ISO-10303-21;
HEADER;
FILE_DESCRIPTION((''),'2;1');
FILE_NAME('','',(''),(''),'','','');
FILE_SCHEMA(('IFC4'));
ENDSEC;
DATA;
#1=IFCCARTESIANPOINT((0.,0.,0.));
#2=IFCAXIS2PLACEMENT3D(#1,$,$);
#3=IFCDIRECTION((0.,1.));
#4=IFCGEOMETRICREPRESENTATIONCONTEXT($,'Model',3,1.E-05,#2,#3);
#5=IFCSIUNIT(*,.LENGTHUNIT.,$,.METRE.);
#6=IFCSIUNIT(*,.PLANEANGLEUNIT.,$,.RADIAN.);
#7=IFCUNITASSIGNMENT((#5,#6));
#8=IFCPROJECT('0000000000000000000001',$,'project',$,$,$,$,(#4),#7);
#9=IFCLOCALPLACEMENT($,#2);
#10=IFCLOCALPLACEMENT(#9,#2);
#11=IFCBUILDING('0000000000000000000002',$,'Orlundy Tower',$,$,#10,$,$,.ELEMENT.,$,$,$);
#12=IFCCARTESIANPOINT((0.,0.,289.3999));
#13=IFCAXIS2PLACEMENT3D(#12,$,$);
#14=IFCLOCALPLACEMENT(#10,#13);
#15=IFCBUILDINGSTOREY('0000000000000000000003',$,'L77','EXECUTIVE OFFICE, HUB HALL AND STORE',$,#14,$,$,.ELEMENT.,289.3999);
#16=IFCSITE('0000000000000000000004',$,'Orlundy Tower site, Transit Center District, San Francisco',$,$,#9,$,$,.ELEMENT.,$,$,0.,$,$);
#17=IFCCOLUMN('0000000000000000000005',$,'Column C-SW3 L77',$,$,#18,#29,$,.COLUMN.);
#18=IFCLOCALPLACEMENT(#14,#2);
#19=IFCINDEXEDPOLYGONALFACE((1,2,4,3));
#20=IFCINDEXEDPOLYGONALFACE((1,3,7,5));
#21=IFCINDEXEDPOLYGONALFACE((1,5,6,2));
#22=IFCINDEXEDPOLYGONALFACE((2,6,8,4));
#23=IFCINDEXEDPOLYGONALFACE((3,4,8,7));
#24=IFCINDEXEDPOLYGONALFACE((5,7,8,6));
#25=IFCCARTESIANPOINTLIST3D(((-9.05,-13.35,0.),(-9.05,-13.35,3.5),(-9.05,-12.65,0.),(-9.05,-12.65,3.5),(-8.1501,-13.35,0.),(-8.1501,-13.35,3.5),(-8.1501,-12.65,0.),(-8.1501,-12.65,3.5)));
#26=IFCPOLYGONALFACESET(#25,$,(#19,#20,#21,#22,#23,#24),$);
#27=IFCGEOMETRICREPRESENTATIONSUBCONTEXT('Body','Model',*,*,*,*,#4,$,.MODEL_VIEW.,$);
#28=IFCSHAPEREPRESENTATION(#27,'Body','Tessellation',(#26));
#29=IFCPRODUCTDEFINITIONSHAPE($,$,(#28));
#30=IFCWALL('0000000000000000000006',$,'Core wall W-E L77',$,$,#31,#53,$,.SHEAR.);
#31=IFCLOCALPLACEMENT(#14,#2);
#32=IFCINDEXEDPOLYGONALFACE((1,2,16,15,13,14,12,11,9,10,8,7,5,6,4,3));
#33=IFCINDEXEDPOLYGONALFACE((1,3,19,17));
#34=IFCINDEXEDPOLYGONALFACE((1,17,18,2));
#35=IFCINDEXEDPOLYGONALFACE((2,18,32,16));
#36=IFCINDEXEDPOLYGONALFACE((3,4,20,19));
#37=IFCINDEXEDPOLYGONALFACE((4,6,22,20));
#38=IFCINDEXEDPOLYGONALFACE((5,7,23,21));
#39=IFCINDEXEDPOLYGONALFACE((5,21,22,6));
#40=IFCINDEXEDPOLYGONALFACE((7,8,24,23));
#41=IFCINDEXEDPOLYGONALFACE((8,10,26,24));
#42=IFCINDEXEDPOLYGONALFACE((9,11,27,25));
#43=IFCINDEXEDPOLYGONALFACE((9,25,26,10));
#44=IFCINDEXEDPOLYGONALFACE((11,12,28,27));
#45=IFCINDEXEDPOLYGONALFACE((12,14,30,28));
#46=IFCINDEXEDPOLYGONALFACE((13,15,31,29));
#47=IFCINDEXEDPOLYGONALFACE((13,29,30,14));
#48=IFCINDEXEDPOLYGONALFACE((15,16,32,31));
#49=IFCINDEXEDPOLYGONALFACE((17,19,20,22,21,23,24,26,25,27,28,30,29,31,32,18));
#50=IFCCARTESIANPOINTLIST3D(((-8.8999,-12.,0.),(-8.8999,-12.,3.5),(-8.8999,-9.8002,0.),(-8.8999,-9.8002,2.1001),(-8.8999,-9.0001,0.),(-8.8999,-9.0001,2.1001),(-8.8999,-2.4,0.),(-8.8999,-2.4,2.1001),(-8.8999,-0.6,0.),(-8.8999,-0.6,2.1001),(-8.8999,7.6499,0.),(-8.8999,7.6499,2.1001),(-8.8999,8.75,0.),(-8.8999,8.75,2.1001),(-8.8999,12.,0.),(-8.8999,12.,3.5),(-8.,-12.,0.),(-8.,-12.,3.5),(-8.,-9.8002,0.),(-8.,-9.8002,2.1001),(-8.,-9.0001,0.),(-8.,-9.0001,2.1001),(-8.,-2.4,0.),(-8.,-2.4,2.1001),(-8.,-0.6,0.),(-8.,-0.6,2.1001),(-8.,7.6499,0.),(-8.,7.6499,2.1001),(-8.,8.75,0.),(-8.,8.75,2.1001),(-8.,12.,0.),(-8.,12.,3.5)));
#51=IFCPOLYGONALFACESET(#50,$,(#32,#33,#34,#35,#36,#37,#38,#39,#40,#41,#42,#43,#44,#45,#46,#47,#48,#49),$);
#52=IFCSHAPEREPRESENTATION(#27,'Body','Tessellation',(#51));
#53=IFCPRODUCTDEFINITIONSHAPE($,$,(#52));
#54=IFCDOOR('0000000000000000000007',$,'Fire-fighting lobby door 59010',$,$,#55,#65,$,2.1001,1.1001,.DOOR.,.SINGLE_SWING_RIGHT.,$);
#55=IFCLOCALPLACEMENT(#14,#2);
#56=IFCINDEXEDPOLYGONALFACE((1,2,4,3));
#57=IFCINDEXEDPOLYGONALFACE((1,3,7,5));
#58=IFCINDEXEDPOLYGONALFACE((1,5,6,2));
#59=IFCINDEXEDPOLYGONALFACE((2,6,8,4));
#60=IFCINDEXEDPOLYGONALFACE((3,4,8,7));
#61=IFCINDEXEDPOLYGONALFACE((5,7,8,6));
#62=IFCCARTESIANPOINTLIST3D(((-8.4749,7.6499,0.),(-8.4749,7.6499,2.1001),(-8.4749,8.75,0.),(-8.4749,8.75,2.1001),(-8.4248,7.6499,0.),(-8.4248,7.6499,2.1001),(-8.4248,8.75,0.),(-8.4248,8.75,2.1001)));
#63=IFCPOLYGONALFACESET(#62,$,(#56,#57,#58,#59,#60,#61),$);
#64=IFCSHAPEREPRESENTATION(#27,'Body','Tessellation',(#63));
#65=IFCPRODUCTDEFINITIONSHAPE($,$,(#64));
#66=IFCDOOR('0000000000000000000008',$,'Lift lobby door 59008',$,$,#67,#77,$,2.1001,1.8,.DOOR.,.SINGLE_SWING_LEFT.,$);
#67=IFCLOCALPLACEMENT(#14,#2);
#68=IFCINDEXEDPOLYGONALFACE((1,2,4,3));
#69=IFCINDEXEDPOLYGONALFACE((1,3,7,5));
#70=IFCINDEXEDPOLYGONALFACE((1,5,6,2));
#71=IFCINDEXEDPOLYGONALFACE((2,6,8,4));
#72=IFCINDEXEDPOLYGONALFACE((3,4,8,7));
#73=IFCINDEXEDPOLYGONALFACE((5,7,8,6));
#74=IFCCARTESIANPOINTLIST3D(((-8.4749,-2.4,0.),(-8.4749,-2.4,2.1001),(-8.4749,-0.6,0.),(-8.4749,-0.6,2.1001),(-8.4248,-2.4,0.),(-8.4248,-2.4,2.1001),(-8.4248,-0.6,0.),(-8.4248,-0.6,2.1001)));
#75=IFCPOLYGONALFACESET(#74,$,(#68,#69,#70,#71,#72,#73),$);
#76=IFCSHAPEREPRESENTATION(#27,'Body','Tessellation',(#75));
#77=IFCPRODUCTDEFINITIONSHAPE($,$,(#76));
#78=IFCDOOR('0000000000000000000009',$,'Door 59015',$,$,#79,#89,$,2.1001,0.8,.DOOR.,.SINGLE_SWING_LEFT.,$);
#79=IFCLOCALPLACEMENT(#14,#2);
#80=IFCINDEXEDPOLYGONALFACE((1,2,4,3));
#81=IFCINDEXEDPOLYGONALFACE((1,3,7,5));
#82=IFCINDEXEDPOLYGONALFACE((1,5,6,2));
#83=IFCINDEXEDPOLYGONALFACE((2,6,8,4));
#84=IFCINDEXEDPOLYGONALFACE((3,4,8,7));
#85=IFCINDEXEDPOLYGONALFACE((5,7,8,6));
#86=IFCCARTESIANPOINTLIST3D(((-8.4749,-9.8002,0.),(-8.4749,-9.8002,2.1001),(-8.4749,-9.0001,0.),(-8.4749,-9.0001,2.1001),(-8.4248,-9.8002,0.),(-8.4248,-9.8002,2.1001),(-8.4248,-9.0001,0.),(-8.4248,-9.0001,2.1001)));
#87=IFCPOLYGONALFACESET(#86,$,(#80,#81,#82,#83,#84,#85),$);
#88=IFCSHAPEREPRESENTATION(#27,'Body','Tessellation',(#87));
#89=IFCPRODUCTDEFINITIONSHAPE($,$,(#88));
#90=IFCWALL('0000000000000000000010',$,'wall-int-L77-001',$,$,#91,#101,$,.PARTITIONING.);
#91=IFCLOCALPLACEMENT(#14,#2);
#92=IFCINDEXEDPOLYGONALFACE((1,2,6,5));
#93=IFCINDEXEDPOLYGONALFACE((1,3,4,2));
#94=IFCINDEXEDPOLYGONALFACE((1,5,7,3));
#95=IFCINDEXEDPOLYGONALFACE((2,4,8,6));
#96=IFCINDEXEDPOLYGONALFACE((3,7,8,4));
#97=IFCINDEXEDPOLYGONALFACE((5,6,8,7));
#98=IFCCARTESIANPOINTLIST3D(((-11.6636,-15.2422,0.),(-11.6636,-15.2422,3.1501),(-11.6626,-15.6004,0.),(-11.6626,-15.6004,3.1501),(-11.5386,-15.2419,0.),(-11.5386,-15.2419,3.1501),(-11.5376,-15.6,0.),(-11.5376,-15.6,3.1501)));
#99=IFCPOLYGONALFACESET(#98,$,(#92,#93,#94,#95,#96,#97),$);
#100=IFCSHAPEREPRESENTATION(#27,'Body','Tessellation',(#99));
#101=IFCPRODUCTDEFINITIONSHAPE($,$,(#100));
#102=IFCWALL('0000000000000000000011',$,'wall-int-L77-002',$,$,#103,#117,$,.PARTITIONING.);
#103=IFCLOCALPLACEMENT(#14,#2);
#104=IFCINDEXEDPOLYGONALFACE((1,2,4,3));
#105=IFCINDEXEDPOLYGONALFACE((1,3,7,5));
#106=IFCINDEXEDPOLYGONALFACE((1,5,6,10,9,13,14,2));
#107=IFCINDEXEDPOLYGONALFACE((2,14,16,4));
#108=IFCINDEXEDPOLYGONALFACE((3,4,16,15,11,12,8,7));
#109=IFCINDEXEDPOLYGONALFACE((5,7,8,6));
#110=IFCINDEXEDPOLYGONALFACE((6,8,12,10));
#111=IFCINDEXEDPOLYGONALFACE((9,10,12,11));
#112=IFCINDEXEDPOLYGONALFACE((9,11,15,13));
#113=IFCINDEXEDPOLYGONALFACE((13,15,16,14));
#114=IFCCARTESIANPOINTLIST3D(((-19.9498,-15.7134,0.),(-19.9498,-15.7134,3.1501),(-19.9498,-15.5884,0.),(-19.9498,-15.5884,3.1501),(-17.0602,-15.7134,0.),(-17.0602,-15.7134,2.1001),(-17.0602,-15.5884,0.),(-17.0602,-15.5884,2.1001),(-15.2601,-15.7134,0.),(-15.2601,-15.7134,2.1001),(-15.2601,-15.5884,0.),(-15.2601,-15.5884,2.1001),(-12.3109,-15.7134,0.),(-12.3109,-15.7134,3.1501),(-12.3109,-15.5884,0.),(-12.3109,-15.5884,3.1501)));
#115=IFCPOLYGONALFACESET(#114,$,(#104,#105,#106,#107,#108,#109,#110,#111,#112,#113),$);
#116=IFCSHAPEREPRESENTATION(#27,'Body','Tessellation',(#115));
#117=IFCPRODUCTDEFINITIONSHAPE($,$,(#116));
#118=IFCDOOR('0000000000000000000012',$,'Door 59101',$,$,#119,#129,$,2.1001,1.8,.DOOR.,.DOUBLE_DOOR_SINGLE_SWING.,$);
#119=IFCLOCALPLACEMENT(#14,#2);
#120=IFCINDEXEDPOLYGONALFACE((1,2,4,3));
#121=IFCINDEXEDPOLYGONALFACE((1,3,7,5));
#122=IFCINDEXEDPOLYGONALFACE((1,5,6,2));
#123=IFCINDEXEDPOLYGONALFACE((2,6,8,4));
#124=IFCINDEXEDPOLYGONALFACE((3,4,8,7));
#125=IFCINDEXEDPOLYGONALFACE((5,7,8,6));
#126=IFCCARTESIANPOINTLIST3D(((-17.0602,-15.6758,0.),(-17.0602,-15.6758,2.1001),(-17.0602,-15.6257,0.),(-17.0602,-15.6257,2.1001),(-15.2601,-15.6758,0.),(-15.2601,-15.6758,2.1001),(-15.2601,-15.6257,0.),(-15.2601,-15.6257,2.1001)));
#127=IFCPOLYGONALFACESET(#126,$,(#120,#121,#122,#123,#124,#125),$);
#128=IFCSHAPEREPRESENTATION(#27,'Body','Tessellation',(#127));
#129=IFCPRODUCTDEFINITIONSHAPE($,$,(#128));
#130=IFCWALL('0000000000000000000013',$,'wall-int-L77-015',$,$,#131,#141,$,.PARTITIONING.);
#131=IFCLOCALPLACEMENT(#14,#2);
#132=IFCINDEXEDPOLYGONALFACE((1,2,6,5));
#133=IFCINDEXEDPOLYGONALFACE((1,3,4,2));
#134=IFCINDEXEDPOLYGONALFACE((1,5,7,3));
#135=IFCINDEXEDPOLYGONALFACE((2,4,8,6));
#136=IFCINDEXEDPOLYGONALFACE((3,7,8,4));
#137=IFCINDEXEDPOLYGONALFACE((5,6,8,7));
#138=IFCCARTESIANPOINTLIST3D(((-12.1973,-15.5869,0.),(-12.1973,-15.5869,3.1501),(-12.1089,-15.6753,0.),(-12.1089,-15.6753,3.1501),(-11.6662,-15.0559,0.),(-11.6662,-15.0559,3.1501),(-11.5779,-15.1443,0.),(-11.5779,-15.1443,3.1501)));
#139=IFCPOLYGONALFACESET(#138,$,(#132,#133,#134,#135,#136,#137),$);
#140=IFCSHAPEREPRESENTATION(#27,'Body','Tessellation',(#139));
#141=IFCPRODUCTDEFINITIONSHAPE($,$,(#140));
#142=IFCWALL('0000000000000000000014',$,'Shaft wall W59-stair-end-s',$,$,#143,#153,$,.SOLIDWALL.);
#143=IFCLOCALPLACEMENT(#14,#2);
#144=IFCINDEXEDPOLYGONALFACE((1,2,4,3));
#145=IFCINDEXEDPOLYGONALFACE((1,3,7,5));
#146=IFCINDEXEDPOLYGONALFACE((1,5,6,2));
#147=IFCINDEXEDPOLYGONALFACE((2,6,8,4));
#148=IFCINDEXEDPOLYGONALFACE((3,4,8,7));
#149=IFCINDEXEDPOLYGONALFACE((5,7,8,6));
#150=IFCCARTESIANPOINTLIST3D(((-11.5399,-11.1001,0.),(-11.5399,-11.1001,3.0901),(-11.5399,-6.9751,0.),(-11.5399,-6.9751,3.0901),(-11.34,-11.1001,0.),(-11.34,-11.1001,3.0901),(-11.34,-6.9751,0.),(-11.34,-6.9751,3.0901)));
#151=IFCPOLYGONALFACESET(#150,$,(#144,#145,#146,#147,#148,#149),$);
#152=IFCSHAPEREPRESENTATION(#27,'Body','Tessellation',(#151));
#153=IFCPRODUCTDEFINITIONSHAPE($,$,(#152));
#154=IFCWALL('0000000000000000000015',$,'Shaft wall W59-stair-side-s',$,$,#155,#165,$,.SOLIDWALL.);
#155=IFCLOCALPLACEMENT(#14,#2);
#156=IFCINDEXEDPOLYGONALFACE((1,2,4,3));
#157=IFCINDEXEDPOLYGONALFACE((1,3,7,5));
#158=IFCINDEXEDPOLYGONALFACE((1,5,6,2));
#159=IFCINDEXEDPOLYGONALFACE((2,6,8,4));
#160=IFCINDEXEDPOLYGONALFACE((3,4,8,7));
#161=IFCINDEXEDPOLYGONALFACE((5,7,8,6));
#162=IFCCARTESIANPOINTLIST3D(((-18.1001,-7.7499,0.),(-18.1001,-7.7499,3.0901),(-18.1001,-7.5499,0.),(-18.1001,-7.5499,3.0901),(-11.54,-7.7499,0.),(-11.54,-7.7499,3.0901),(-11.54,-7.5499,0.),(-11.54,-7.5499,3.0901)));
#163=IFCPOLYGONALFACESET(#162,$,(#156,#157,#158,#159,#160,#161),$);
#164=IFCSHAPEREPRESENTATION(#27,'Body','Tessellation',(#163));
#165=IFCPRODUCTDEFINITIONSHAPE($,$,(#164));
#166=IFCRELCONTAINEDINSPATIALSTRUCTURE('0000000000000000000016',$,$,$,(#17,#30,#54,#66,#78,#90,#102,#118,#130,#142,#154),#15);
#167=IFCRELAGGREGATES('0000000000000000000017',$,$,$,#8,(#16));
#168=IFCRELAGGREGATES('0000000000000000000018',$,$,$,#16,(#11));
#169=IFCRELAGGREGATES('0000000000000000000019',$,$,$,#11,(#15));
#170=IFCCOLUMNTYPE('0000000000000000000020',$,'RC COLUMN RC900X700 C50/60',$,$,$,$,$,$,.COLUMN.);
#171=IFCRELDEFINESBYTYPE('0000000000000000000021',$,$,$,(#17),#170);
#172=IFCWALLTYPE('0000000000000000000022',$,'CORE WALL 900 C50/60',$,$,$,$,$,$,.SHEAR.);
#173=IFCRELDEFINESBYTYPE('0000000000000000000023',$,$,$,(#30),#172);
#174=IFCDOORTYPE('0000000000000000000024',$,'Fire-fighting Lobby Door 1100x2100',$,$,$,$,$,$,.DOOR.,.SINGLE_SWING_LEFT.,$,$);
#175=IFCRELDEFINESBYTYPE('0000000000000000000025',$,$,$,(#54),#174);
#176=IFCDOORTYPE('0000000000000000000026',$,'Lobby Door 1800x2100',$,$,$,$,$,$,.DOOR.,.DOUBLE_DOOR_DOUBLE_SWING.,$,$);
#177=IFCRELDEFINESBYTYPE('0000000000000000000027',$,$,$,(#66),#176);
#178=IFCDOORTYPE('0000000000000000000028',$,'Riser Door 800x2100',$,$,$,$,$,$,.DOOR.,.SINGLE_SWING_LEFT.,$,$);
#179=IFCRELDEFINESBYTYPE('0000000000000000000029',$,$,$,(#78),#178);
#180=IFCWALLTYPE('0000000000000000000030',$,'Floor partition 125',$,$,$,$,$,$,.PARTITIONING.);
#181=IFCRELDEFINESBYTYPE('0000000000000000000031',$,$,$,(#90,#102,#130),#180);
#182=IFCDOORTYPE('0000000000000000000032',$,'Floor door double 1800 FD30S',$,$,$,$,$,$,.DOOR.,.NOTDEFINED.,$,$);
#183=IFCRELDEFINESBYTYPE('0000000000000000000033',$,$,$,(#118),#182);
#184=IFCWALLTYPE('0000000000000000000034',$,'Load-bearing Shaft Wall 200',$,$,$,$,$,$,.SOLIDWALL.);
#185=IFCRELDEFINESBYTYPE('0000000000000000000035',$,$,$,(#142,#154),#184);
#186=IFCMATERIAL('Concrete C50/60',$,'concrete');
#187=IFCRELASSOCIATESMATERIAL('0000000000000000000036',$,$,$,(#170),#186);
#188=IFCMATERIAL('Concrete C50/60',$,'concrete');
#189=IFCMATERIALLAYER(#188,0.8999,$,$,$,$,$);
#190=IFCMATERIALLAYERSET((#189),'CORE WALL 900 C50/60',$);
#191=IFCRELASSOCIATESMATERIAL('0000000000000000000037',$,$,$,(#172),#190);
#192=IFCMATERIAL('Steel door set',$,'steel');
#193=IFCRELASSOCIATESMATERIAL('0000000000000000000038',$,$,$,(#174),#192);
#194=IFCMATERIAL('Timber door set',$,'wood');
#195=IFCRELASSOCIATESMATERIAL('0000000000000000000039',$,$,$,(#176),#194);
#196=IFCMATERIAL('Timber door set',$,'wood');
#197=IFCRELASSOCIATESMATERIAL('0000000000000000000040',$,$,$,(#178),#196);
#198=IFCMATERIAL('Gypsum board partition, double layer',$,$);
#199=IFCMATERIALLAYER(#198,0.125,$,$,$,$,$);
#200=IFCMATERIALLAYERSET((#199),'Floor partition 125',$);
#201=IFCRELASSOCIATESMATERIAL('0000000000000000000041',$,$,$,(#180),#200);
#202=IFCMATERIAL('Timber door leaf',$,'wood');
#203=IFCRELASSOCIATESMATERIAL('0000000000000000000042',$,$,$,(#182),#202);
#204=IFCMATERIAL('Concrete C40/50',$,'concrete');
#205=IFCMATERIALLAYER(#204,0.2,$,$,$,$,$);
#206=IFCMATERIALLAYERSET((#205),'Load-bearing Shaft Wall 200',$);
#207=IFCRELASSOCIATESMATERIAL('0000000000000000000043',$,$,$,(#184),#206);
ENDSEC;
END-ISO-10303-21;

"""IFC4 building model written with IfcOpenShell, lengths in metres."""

from ifc_helpers import new_model, si_unit, direction, frame, frame_2d, origin, origin_2d, place, context, subcontext, project, spatial, rectangle, extrude, material, layer, layer_set, material_profile, profile_set, type_object, element, fill, save


model = new_model("IFC4")

# Units and contexts
model_context = context("Model", 3, precision=1e-05, world=origin(), true_north=direction((0.0, 1.0)))
body_context = subcontext(model_context, "Body", "Model", "MODEL_VIEW")
ifc_project = project(units=[si_unit("LENGTHUNIT", "METRE"), si_unit("PLANEANGLEUNIT", "RADIAN")], contexts=[model_context])

# Site, building, storey
site_placement = place(None, origin())
site = spatial("IfcSite", under=ifc_project, at=site_placement, Name="Orlundy Tower site, Transit Center District, San Francisco", CompositionType="ELEMENT", RefElevation=0.0)
building_placement = place(site_placement, origin())
building = spatial("IfcBuilding", under=site, at=building_placement, Name="Orlundy Tower", CompositionType="ELEMENT")
storey_placement = place(building_placement, frame((0.0, 0.0, 289.3999)))
storey = spatial("IfcBuildingStorey", under=building, at=storey_placement, Name="L77", Description="EXECUTIVE OFFICE, HUB HALL AND STORE", CompositionType="ELEMENT", Elevation=289.3999)

# Column
ifc_material_1 = material(Name="Concrete C50/60", Category="concrete")
ifc_material_profile = material_profile(ifc_material_1, rectangle(XDim=0.8999, YDim=0.7, at=origin_2d()), Name="RC900X700")
ifc_profile_set = profile_set([ifc_material_profile], Name="Concrete C50/60")
column_type = type_object("IfcColumnType", Name="RC COLUMN RC900X700 C50/60", PredefinedType="COLUMN", material=ifc_profile_set)
column_placement = place(storey_placement, frame((-8.6001, -13.0, 0.0), z_axis=(0.0, 0.0, 1.0), x_axis=(1.0, 0.0, 0.0)))
element("IfcColumn", 1, at=column_placement, inside=storey, type_object=column_type, Name="Column C-SW3 L77", PredefinedType="COLUMN", context=body_context, shape_type="SweptSolid", body=[
    extrude(rectangle(XDim=0.8999, YDim=0.7, at=origin_2d()), origin(), (0.0, 0.0, 1.0), 3.5),
])

# Wall, openings, doors
ifc_material_2 = material(Name="Concrete C50/60", Category="concrete")
ifc_layer_1 = layer(ifc_material_2, 0.8999)
ifc_layer_set_1 = layer_set([ifc_layer_1], Name="CORE WALL 900 C50/60")
wall_type_1 = type_object("IfcWallType", Name="CORE WALL 900 C50/60", PredefinedType="SHEAR", material=ifc_layer_set_1)
wall_1_placement = place(storey_placement, frame((-8.45, -12.0, 0.0), z_axis=(0.0, 0.0, 1.0), x_axis=(0.0, 1.0, 0.0)))
wall_1 = element("IfcWall", 2, at=wall_1_placement, inside=storey, type_object=wall_type_1, Name="Core wall W-E L77", PredefinedType="SHEAR", context=body_context, shape_type="SweptSolid", body=[
    extrude(rectangle(XDim=24.0, YDim=0.8999, at=frame_2d((12.0, 0.0))), origin(), (0.0, 0.0, 1.0), 3.5),
])
opening_1_placement = place(wall_1_placement, frame((9.6001, 0.0, 0.0)))
opening_1 = element("IfcOpeningElement", 3, at=opening_1_placement, cuts=wall_1, PredefinedType="OPENING", context=body_context, shape_type="SweptSolid", body=[
    extrude(rectangle(XDim=1.8, YDim=2.1001, at=frame_2d((0.8999, 1.05))), frame((0.0, 0.46, 0.0), z_axis=(0.0, -1.0, 0.0), x_axis=(1.0, 0.0, 0.0)), (0.0, 0.0, 1.0), 0.9199),
])
opening_2_placement = place(wall_1_placement, frame((19.6499, 0.0, 0.0)))
opening_2 = element("IfcOpeningElement", 4, at=opening_2_placement, cuts=wall_1, PredefinedType="OPENING", context=body_context, shape_type="SweptSolid", body=[
    extrude(rectangle(XDim=1.1001, YDim=2.1001, at=frame_2d((0.55, 1.05))), frame((0.0, 0.46, 0.0), z_axis=(0.0, -1.0, 0.0), x_axis=(1.0, 0.0, 0.0)), (0.0, 0.0, 1.0), 0.9199),
])
opening_3_placement = place(wall_1_placement, frame((2.2, 0.0, 0.0)))
opening_3 = element("IfcOpeningElement", 5, at=opening_3_placement, cuts=wall_1, PredefinedType="OPENING", context=body_context, shape_type="SweptSolid", body=[
    extrude(rectangle(XDim=0.8, YDim=2.1001, at=frame_2d((0.3999, 1.05))), frame((0.0, 0.46, 0.0), z_axis=(0.0, -1.0, 0.0), x_axis=(1.0, 0.0, 0.0)), (0.0, 0.0, 1.0), 0.9199),
])
ifc_material_3 = material(Name="Steel door set", Category="steel")
door_type_1 = type_object("IfcDoorType", Name="Fire-fighting Lobby Door 1100x2100", OperationType="SINGLE_SWING_LEFT", PredefinedType="DOOR", material=ifc_material_3)
door_1_placement = place(opening_2_placement, origin())
door_1 = element("IfcDoor", 6, at=door_1_placement, inside=storey, type_object=door_type_1, Name="Fire-fighting lobby door 59010", OperationType="SINGLE_SWING_RIGHT", OverallHeight=2.1001, OverallWidth=1.1001, PredefinedType="DOOR", context=body_context, shape_type="SweptSolid", body=[
    extrude(rectangle(XDim=1.1001, YDim=2.1001, at=frame_2d((0.55, 1.05))), frame((0.0, 0.0249, 0.0), z_axis=(0.0, -1.0, 0.0), x_axis=(1.0, 0.0, 0.0)), (0.0, 0.0, 1.0), 0.05),
])
fill(opening_2, door_1)
ifc_material_4 = material(Name="Timber door set", Category="wood")
door_type_2 = type_object("IfcDoorType", Name="Lobby Door 1800x2100", OperationType="DOUBLE_DOOR_DOUBLE_SWING", PredefinedType="DOOR", material=ifc_material_4)
door_2_placement = place(opening_1_placement, origin())
door_2 = element("IfcDoor", 7, at=door_2_placement, inside=storey, type_object=door_type_2, Name="Lift lobby door 59008", OperationType="SINGLE_SWING_LEFT", OverallHeight=2.1001, OverallWidth=1.8, PredefinedType="DOOR", context=body_context, shape_type="SweptSolid", body=[
    extrude(rectangle(XDim=1.8, YDim=2.1001, at=frame_2d((0.8999, 1.05))), frame((0.0, 0.0249, 0.0), z_axis=(0.0, -1.0, 0.0), x_axis=(1.0, 0.0, 0.0)), (0.0, 0.0, 1.0), 0.05),
])
fill(opening_1, door_2)
ifc_material_5 = material(Name="Timber door set", Category="wood")
door_type_3 = type_object("IfcDoorType", Name="Riser Door 800x2100", OperationType="SINGLE_SWING_LEFT", PredefinedType="DOOR", material=ifc_material_5)
door_3_placement = place(opening_3_placement, origin())
door_3 = element("IfcDoor", 8, at=door_3_placement, inside=storey, type_object=door_type_3, Name="Door 59015", OperationType="SINGLE_SWING_LEFT", OverallHeight=2.1001, OverallWidth=0.8, PredefinedType="DOOR", context=body_context, shape_type="SweptSolid", body=[
    extrude(rectangle(XDim=0.8, YDim=2.1001, at=frame_2d((0.3999, 1.05))), frame((0.0, 0.0249, 0.0), z_axis=(0.0, -1.0, 0.0), x_axis=(1.0, 0.0, 0.0)), (0.0, 0.0, 1.0), 0.05),
])
fill(opening_3, door_3)

# Wall
ifc_material_6 = material(Name="Gypsum board partition, double layer")
ifc_layer_2 = layer(ifc_material_6, 0.125)
ifc_layer_set_2 = layer_set([ifc_layer_2], Name="Floor partition 125")
wall_type_2 = type_object("IfcWallType", Name="Floor partition 125", PredefinedType="PARTITIONING", material=ifc_layer_set_2)
wall_2_placement = place(storey_placement, frame((-11.6011, -15.2419, 0.0), z_axis=(0.0, 0.0, 1.0), x_axis=(0.002727, -0.999996, 0.0)))
element("IfcWall", 9, at=wall_2_placement, inside=storey, type_object=wall_type_2, Name="wall-int-L77-001", PredefinedType="PARTITIONING", context=body_context, shape_type="SweptSolid", body=[
    extrude(rectangle(XDim=0.3582, YDim=0.125, at=frame_2d((0.1792, 0.0))), origin(), (0.0, 0.0, 1.0), 3.1501),
])

# Wall, opening, door
wall_3_placement = place(storey_placement, frame((-12.311, -15.6509, 0.0), z_axis=(0.0, 0.0, 1.0), x_axis=(-1.0, 0.0, 0.0)))
wall_3 = element("IfcWall", 10, at=wall_3_placement, inside=storey, type_object=wall_type_2, Name="wall-int-L77-002", PredefinedType="PARTITIONING", context=body_context, shape_type="SweptSolid", body=[
    extrude(rectangle(XDim=7.6389, YDim=0.125, at=frame_2d((3.8193, 0.0))), origin(), (0.0, 0.0, 1.0), 3.1501),
])
opening_4_placement = place(wall_3_placement, frame((2.9492, 0.0, 0.0)))
opening_4 = element("IfcOpeningElement", 11, at=opening_4_placement, cuts=wall_3, PredefinedType="OPENING", context=body_context, shape_type="SweptSolid", body=[
    extrude(rectangle(XDim=1.8, YDim=2.1001, at=frame_2d((0.8999, 1.05))), frame((0.0, 0.0725, 0.0), z_axis=(0.0, -1.0, 0.0), x_axis=(1.0, 0.0, 0.0)), (0.0, 0.0, 1.0), 0.145),
])
ifc_material_7 = material(Name="Timber door leaf", Category="wood")
door_type_4 = type_object("IfcDoorType", Name="Floor door double 1800 FD30S", OperationType="NOTDEFINED", PredefinedType="DOOR", material=ifc_material_7)
door_4_placement = place(opening_4_placement, origin())
door_4 = element("IfcDoor", 12, at=door_4_placement, inside=storey, type_object=door_type_4, Name="Door 59101", OperationType="DOUBLE_DOOR_SINGLE_SWING", OverallHeight=2.1001, OverallWidth=1.8, PredefinedType="DOOR", context=body_context, shape_type="SweptSolid", body=[
    extrude(rectangle(XDim=1.8, YDim=2.1001, at=frame_2d((0.8999, 1.05))), frame((0.0, 0.0249, 0.0), z_axis=(0.0, -1.0, 0.0), x_axis=(1.0, 0.0, 0.0)), (0.0, 0.0, 1.0), 0.05),
])
fill(opening_4, door_4)

# Walls
wall_4_placement = place(storey_placement, frame((-12.1531, -15.6311, 0.0), z_axis=(0.0, 0.0, 1.0), x_axis=(0.707107, 0.707107, 0.0)))
element("IfcWall", 13, at=wall_4_placement, inside=storey, type_object=wall_type_2, Name="wall-int-L77-015", PredefinedType="PARTITIONING", context=body_context, shape_type="SweptSolid", body=[
    extrude(rectangle(XDim=0.751, YDim=0.125, at=frame_2d((0.3755, 0.0))), origin(), (0.0, 0.0, 1.0), 3.1501),
])
ifc_material_8 = material(Name="Concrete C40/50", Category="concrete")
ifc_layer_3 = layer(ifc_material_8, 0.2)
ifc_layer_set_3 = layer_set([ifc_layer_3], Name="Load-bearing Shaft Wall 200")
wall_type_3 = type_object("IfcWallType", Name="Load-bearing Shaft Wall 200", PredefinedType="SOLIDWALL", material=ifc_layer_set_3)
wall_5_placement = place(storey_placement, frame((-11.4399, -11.1001, 0.0), z_axis=(0.0, 0.0, 1.0), x_axis=(0.0, 1.0, 0.0)))
element("IfcWall", 14, at=wall_5_placement, inside=storey, type_object=wall_type_3, Name="Shaft wall W59-stair-end-s", PredefinedType="SOLIDWALL", context=body_context, shape_type="SweptSolid", body=[
    extrude(rectangle(XDim=4.125, YDim=0.2, at=frame_2d((2.0625, 0.0))), origin(), (0.0, 0.0, 1.0), 3.0901),
])
wall_6_placement = place(storey_placement, frame((-11.54, -7.6499, 0.0), z_axis=(0.0, 0.0, 1.0), x_axis=(-1.0, 0.0, 0.0)))
element("IfcWall", 15, at=wall_6_placement, inside=storey, type_object=wall_type_3, Name="Shaft wall W59-stair-side-s", PredefinedType="SOLIDWALL", context=body_context, shape_type="SweptSolid", body=[
    extrude(rectangle(XDim=6.5601, YDim=0.2, at=frame_2d((3.28, 0.0))), origin(), (0.0, 0.0, 1.0), 3.0901),
])

save(model, "model.ifc")
